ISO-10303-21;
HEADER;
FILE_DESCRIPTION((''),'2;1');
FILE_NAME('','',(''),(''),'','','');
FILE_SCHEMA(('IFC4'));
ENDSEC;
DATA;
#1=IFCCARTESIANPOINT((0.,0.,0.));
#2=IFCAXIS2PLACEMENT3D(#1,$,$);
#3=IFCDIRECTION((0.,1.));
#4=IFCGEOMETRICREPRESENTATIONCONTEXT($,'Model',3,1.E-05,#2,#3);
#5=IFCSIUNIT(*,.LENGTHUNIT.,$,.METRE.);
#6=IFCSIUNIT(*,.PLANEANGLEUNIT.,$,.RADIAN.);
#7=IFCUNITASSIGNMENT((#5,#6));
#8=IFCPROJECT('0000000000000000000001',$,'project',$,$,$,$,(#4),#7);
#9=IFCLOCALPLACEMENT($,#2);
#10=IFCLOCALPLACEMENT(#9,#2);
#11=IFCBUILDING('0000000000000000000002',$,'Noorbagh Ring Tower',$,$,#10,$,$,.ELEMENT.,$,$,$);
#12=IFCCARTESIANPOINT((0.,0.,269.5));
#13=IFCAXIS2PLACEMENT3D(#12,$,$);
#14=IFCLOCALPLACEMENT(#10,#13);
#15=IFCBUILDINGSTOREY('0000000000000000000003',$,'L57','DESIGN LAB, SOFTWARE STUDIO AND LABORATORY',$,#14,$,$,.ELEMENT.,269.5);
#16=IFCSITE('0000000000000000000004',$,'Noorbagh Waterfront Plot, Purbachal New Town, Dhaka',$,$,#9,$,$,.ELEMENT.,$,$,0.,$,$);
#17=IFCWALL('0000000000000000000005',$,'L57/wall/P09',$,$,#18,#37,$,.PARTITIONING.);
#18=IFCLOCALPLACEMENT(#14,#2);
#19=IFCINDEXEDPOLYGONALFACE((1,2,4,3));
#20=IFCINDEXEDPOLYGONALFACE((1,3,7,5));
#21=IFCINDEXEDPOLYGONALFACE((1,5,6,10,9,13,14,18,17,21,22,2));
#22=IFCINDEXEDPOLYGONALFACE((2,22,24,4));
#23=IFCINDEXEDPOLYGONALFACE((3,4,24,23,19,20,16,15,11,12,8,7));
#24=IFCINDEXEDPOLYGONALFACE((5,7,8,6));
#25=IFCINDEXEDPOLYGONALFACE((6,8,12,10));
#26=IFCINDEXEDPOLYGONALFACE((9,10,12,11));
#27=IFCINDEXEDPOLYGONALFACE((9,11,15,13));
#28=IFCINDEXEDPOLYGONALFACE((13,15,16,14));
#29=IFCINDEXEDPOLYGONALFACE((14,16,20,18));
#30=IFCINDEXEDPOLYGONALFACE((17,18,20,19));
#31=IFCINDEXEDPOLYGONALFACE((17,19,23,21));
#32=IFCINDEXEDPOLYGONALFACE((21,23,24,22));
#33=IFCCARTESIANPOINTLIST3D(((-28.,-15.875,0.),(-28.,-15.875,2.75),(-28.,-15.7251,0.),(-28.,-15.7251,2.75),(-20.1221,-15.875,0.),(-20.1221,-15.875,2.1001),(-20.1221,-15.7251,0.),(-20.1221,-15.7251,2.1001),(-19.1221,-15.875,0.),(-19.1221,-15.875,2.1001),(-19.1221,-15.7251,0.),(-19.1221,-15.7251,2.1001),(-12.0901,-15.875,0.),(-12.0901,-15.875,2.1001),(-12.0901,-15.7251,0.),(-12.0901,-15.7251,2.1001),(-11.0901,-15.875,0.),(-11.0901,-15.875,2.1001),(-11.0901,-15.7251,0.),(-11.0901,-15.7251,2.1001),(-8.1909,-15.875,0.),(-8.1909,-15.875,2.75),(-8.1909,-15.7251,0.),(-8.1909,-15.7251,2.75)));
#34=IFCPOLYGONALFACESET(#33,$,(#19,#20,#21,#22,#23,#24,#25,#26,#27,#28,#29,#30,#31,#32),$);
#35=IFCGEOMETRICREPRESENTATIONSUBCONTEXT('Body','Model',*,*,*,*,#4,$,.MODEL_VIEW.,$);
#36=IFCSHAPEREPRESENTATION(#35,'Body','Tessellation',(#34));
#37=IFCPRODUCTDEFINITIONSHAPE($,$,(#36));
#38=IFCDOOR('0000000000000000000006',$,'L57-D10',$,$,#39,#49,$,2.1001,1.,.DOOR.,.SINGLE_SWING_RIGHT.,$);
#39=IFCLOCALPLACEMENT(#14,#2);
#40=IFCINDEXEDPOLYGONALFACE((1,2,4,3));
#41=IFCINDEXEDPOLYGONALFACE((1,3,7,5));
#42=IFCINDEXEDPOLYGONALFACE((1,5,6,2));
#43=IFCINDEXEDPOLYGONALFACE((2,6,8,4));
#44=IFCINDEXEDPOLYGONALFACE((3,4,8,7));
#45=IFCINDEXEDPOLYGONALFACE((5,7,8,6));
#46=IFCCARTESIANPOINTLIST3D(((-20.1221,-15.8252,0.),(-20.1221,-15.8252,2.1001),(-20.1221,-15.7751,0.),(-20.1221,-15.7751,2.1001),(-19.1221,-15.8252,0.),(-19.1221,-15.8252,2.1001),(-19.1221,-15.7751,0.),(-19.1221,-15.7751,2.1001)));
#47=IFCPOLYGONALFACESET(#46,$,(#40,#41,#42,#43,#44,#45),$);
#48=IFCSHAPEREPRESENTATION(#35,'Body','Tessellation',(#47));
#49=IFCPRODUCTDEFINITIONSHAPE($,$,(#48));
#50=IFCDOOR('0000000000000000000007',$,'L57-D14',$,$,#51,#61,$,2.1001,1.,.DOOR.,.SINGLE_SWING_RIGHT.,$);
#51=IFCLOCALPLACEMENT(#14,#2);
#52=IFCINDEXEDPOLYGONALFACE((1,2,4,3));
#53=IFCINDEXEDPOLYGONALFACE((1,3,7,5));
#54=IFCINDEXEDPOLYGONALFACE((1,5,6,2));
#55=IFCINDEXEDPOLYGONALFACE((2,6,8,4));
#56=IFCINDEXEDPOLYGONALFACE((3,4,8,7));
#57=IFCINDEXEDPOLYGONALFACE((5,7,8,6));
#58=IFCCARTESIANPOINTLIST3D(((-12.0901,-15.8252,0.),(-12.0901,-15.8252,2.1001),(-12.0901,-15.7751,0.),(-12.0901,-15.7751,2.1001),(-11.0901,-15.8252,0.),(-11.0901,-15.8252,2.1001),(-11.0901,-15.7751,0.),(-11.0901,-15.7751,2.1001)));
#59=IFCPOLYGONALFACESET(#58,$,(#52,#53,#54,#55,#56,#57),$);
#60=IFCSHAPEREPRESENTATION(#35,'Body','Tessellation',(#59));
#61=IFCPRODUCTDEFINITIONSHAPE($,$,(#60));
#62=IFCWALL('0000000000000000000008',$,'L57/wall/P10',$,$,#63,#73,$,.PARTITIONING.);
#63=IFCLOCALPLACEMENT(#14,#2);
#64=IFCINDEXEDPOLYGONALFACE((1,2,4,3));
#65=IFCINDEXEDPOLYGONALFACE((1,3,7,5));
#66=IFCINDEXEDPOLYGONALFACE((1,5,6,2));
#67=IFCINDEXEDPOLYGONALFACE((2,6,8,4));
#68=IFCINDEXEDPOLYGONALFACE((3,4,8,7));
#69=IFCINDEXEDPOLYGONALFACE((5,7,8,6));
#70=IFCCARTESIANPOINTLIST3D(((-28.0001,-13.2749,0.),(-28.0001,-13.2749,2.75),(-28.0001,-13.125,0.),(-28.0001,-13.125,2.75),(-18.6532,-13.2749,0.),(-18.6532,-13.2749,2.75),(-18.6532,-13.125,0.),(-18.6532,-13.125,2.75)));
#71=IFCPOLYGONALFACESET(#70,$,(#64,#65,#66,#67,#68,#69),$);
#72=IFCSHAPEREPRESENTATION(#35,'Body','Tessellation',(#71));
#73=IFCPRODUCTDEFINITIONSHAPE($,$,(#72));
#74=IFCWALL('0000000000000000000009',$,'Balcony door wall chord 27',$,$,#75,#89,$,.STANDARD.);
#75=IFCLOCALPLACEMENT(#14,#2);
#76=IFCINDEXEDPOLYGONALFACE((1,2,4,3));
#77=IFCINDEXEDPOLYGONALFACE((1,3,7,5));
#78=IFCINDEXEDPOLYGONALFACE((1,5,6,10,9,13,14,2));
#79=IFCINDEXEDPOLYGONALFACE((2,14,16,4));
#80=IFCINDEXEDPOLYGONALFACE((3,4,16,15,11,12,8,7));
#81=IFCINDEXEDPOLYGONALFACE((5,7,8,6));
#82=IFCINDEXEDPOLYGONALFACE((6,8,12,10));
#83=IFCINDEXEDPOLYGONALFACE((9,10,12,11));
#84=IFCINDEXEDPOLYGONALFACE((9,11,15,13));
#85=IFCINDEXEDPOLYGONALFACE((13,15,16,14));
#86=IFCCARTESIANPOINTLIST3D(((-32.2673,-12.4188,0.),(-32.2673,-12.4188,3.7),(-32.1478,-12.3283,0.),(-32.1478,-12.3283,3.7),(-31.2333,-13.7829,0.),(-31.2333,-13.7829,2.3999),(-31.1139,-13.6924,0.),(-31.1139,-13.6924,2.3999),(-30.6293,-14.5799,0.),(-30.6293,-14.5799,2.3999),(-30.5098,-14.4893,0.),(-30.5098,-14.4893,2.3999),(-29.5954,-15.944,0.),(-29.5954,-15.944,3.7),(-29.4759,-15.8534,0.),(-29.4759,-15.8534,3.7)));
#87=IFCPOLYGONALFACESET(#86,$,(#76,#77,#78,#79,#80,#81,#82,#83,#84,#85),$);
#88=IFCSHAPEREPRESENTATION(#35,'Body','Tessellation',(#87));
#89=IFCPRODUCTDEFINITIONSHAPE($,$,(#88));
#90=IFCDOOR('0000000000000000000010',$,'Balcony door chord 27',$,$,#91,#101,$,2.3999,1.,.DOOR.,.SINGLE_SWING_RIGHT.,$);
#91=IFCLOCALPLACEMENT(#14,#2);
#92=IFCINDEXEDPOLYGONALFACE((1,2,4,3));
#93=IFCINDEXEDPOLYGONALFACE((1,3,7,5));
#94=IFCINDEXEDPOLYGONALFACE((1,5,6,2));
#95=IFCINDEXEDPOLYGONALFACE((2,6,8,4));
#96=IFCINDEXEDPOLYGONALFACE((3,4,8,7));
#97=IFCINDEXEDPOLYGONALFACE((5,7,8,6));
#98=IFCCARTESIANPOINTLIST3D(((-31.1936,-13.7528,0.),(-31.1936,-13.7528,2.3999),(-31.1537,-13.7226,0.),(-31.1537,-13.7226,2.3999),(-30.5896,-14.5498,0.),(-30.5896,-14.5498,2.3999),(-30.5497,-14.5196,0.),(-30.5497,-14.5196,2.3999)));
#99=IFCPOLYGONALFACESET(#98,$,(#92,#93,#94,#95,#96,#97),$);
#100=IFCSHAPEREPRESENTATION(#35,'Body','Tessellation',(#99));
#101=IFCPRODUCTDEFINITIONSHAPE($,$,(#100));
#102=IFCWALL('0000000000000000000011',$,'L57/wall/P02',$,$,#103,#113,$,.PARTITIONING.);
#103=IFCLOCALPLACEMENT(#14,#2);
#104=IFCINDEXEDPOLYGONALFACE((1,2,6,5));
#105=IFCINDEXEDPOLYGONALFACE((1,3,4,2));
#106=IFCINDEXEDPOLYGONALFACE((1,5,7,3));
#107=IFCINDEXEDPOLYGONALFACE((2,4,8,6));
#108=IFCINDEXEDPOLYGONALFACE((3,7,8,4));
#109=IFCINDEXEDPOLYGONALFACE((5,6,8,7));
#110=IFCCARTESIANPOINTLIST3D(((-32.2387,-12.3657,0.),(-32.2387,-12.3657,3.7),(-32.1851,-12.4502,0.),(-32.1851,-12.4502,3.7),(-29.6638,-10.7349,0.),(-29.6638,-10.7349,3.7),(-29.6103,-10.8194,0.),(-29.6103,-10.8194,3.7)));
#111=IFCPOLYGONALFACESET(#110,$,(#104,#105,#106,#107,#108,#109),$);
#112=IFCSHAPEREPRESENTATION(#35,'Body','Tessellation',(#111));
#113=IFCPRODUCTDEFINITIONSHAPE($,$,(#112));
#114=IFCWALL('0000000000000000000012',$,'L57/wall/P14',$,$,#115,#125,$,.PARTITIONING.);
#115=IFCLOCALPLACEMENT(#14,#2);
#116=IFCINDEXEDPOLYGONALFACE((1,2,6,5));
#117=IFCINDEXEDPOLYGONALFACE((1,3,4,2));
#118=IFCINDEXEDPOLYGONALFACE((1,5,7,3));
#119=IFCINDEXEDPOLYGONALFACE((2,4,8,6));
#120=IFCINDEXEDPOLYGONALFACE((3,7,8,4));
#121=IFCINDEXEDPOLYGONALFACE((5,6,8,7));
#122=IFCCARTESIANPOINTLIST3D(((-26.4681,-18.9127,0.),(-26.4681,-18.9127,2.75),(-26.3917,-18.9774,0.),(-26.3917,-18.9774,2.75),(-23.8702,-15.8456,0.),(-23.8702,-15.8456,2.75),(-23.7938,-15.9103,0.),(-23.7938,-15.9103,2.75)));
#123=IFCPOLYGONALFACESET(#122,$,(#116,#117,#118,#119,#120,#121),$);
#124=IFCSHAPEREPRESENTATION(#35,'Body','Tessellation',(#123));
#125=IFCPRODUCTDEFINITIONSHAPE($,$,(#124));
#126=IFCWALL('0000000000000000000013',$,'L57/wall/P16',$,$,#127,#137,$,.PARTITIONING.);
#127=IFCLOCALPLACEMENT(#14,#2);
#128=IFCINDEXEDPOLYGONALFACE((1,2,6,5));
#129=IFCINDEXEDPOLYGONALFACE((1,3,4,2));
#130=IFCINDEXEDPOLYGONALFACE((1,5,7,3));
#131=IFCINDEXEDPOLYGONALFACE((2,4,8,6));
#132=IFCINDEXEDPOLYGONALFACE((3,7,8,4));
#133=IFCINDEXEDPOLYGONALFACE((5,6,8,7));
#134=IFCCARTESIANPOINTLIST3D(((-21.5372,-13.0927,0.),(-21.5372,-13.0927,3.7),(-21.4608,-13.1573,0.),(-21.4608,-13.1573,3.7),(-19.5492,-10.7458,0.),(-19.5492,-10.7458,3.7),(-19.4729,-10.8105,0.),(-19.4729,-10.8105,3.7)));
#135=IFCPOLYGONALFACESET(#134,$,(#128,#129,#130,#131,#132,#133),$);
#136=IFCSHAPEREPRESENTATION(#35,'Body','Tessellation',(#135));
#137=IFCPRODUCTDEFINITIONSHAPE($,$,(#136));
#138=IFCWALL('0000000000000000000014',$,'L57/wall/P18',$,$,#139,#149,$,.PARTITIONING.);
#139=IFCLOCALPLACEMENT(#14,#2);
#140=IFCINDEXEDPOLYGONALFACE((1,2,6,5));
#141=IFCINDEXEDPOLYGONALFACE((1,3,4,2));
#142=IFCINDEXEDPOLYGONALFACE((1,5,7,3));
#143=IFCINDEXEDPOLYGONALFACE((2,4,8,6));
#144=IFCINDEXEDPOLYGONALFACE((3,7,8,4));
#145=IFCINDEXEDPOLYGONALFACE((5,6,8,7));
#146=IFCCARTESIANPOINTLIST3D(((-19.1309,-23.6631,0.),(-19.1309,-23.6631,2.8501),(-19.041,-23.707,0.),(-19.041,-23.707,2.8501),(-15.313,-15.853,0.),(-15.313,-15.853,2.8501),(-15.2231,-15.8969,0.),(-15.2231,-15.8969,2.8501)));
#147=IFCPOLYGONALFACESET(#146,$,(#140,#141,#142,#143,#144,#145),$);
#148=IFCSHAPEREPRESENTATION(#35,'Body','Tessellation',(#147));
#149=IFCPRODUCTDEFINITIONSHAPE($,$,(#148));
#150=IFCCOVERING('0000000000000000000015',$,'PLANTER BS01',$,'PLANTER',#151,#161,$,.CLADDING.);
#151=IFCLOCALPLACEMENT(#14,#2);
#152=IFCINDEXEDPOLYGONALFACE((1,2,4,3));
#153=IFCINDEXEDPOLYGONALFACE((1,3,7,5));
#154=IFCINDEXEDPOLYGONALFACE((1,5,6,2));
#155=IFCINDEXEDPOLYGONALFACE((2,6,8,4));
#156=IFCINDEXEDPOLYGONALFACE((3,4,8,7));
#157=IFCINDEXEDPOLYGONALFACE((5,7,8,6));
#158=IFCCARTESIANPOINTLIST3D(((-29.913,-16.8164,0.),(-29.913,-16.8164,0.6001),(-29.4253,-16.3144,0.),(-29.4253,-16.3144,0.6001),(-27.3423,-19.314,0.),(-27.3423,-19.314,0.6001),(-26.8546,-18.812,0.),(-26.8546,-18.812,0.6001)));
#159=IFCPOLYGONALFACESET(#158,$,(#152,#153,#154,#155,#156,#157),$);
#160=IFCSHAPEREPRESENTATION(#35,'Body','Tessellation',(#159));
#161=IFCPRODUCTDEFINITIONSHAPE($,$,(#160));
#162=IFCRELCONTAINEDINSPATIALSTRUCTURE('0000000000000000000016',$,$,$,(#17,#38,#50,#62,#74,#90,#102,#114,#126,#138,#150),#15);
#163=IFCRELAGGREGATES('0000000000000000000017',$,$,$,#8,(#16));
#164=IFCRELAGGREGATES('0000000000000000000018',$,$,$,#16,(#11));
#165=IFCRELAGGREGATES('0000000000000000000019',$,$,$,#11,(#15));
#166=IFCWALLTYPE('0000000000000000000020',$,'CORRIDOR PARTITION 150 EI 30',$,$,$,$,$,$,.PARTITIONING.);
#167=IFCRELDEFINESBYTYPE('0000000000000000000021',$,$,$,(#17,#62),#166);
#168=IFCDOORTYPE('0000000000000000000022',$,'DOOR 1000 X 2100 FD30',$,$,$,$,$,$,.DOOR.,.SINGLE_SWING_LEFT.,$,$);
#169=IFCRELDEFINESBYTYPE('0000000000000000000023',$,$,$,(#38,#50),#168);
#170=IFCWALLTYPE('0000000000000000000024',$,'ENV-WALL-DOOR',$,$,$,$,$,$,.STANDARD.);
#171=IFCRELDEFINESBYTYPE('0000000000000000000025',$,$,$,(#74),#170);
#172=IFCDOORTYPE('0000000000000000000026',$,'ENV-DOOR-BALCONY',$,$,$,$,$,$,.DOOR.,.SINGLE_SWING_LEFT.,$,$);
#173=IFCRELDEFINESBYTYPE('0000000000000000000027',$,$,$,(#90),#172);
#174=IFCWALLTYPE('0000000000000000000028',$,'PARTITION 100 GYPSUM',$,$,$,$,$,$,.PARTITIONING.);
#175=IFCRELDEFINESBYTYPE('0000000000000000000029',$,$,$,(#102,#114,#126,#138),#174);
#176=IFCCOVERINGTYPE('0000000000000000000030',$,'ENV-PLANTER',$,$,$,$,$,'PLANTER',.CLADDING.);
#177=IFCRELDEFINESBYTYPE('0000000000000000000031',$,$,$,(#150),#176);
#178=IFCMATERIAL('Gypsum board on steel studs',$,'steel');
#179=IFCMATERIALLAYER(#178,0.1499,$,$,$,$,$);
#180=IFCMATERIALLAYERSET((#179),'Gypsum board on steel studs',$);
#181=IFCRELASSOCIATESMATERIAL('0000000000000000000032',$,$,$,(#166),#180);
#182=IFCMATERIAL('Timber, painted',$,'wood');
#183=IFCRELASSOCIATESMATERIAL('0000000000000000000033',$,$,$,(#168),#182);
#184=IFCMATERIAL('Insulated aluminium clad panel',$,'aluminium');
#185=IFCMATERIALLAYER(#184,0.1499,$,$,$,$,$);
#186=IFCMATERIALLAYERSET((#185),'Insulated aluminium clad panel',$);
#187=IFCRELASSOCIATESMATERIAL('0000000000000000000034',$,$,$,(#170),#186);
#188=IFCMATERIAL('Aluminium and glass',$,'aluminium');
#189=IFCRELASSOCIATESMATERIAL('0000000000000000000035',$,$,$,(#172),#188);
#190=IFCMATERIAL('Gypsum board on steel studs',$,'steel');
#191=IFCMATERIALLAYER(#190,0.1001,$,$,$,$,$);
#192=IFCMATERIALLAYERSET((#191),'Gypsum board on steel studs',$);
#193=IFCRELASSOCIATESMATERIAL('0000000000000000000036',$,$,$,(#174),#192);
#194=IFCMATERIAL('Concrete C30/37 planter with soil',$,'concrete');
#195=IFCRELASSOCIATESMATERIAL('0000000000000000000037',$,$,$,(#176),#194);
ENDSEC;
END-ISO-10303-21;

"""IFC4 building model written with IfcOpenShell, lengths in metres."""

from ifc_helpers import new_model, si_unit, direction, frame, frame_2d, origin, origin_2d, place, context, subcontext, project, spatial, rectangle, extrude, material, layer, layer_set, type_object, element, fill, save


model = new_model("IFC4")

# Units and contexts
model_context = context("Model", 3, precision=1e-05, world=origin(), true_north=direction((0.0, 1.0)))
body_context = subcontext(model_context, "Body", "Model", "MODEL_VIEW")
ifc_project = project(units=[si_unit("LENGTHUNIT", "METRE"), si_unit("PLANEANGLEUNIT", "RADIAN")], contexts=[model_context])

# Site, building, storey
site_placement = place(None, origin())
site = spatial("IfcSite", under=ifc_project, at=site_placement, Name="Noorbagh Waterfront Plot, Purbachal New Town, Dhaka", CompositionType="ELEMENT", RefElevation=0.0)
building_placement = place(site_placement, origin())
building = spatial("IfcBuilding", under=site, at=building_placement, Name="Noorbagh Ring Tower", CompositionType="ELEMENT")
storey_placement = place(building_placement, frame((0.0, 0.0, 269.5)))
storey = spatial("IfcBuildingStorey", under=building, at=storey_placement, Name="L57", Description="DESIGN LAB, SOFTWARE STUDIO AND LABORATORY", CompositionType="ELEMENT", Elevation=269.5)

# Shared definitions
ifc_material_1 = material(Name="Gypsum board on steel studs", Category="steel")
ifc_layer_1 = layer(ifc_material_1, 0.1499)
ifc_layer_set_1 = layer_set([ifc_layer_1], Name="Gypsum board on steel studs")
wall_type_1 = type_object("IfcWallType", Name="CORRIDOR PARTITION 150 EI 30", PredefinedType="PARTITIONING", material=ifc_layer_set_1)

# Wall, openings, doors
wall_1_placement = place(storey_placement, frame((-28.0, -15.8, 0.0), z_axis=(0.0, 0.0, 1.0), x_axis=(1.0, 0.0, 0.0)))
wall_1 = element("IfcWall", 1, at=wall_1_placement, inside=storey, type_object=wall_type_1, Name="L57/wall/P09", PredefinedType="PARTITIONING", context=body_context, shape_type="SweptSolid", body=[
    extrude(rectangle(XDim=19.8091, YDim=0.1499, at=frame_2d((9.9045, 0.0))), origin(), (0.0, 0.0, 1.0), 2.75),
])
opening_1_placement = place(wall_1_placement, frame((7.8779, 0.0, 0.0)))
opening_1 = element("IfcOpeningElement", 2, at=opening_1_placement, cuts=wall_1, PredefinedType="OPENING", context=body_context, shape_type="SweptSolid", body=[
    extrude(rectangle(XDim=1.0, YDim=2.1001, at=frame_2d((0.5, 1.05))), frame((0.0, 0.085, 0.0), z_axis=(0.0, -1.0, 0.0), x_axis=(1.0, 0.0, 0.0)), (0.0, 0.0, 1.0), 0.1699),
])
opening_2_placement = place(wall_1_placement, frame((15.9099, 0.0, 0.0)))
opening_2 = element("IfcOpeningElement", 3, at=opening_2_placement, cuts=wall_1, PredefinedType="OPENING", context=body_context, shape_type="SweptSolid", body=[
    extrude(rectangle(XDim=1.0, YDim=2.1001, at=frame_2d((0.5, 1.05))), frame((0.0, 0.085, 0.0), z_axis=(0.0, -1.0, 0.0), x_axis=(1.0, 0.0, 0.0)), (0.0, 0.0, 1.0), 0.1699),
])
ifc_material_2 = material(Name="Timber, painted", Category="wood")
door_type_1 = type_object("IfcDoorType", Name="DOOR 1000 X 2100 FD30", OperationType="SINGLE_SWING_LEFT", PredefinedType="DOOR", material=ifc_material_2)
door_1_placement = place(opening_1_placement, origin())
door_1 = element("IfcDoor", 4, at=door_1_placement, inside=storey, type_object=door_type_1, Name="L57-D10", OperationType="SINGLE_SWING_RIGHT", OverallHeight=2.1001, OverallWidth=1.0, PredefinedType="DOOR", context=body_context, shape_type="SweptSolid", body=[
    extrude(rectangle(XDim=1.0, YDim=2.1001, at=frame_2d((0.5, 1.05))), frame((0.0, 0.0249, 0.0), z_axis=(0.0, -1.0, 0.0), x_axis=(1.0, 0.0, 0.0)), (0.0, 0.0, 1.0), 0.05),
])
fill(opening_1, door_1)
door_2_placement = place(opening_2_placement, origin())
door_2 = element("IfcDoor", 5, at=door_2_placement, inside=storey, type_object=door_type_1, Name="L57-D14", OperationType="SINGLE_SWING_RIGHT", OverallHeight=2.1001, OverallWidth=1.0, PredefinedType="DOOR", context=body_context, shape_type="SweptSolid", body=[
    extrude(rectangle(XDim=1.0, YDim=2.1001, at=frame_2d((0.5, 1.05))), frame((0.0, 0.0249, 0.0), z_axis=(0.0, -1.0, 0.0), x_axis=(1.0, 0.0, 0.0)), (0.0, 0.0, 1.0), 0.05),
])
fill(opening_2, door_2)

# Wall
wall_2_placement = place(storey_placement, frame((-28.0, -13.2, 0.0), z_axis=(0.0, 0.0, 1.0), x_axis=(1.0, 0.0, 0.0)))
element("IfcWall", 6, at=wall_2_placement, inside=storey, type_object=wall_type_1, Name="L57/wall/P10", PredefinedType="PARTITIONING", context=body_context, shape_type="SweptSolid", body=[
    extrude(rectangle(XDim=9.3469, YDim=0.1499, at=frame_2d((4.6733, 0.0))), origin(), (0.0, 0.0, 1.0), 2.75),
])

# Wall, opening, door
ifc_material_3 = material(Name="Insulated aluminium clad panel", Category="aluminium")
ifc_layer_2 = layer(ifc_material_3, 0.1499)
ifc_layer_set_2 = layer_set([ifc_layer_2], Name="Insulated aluminium clad panel")
wall_type_2 = type_object("IfcWallType", Name="ENV-WALL-DOOR", PredefinedType="STANDARD", material=ifc_layer_set_2)
wall_3_placement = place(storey_placement, frame((-32.2075, -12.3735, 0.0), z_axis=(0.0, 0.0, 1.0), x_axis=(0.604046, -0.79695, 0.0)))
wall_3 = element("IfcWall", 7, at=wall_3_placement, inside=storey, type_object=wall_type_2, Name="Balcony door wall chord 27", PredefinedType="STANDARD", context=body_context, shape_type="SweptSolid", body=[
    extrude(rectangle(XDim=4.4233, YDim=0.1499, at=frame_2d((2.2117, 0.0))), origin(), (0.0, 0.0, 1.0), 3.7),
])
opening_3_placement = place(wall_3_placement, frame((1.7117, 0.0, 0.0)))
opening_3 = element("IfcOpeningElement", 8, at=opening_3_placement, cuts=wall_3, PredefinedType="OPENING", context=body_context, shape_type="SweptSolid", body=[
    extrude(rectangle(XDim=1.0, YDim=2.3999, at=frame_2d((0.5, 1.2))), frame((0.0, 0.085, 0.0), z_axis=(0.0, -1.0, 0.0), x_axis=(1.0, 0.0, 0.0)), (0.0, 0.0, 1.0), 0.1699),
])
ifc_material_4 = material(Name="Aluminium and glass", Category="aluminium")
door_type_2 = type_object("IfcDoorType", Name="ENV-DOOR-BALCONY", OperationType="SINGLE_SWING_LEFT", PredefinedType="DOOR", material=ifc_material_4)
door_3_placement = place(opening_3_placement, origin())
door_3 = element("IfcDoor", 9, at=door_3_placement, inside=storey, type_object=door_type_2, Name="Balcony door chord 27", OperationType="SINGLE_SWING_RIGHT", OverallHeight=2.3999, OverallWidth=1.0, PredefinedType="DOOR", context=body_context, shape_type="SweptSolid", body=[
    extrude(rectangle(XDim=1.0, YDim=2.3999, at=frame_2d((0.5, 1.2))), frame((0.0, 0.0249, 0.0), z_axis=(0.0, -1.0, 0.0), x_axis=(1.0, 0.0, 0.0)), (0.0, 0.0, 1.0), 0.05),
])
fill(opening_3, door_3)

# Walls
ifc_material_5 = material(Name="Gypsum board on steel studs", Category="steel")
ifc_layer_3 = layer(ifc_material_5, 0.1001)
ifc_layer_set_3 = layer_set([ifc_layer_3], Name="Gypsum board on steel studs")
wall_type_3 = type_object("IfcWallType", Name="PARTITION 100 GYPSUM", PredefinedType="PARTITIONING", material=ifc_layer_set_3)
wall_4_placement = place(storey_placement, frame((-32.2119, -12.408, 0.0), z_axis=(0.0, 0.0, 1.0), x_axis=(0.844811, 0.535065, 0.0)))
element("IfcWall", 10, at=wall_4_placement, inside=storey, type_object=wall_type_3, Name="L57/wall/P02", PredefinedType="PARTITIONING", context=body_context, shape_type="SweptSolid", body=[
    extrude(rectangle(XDim=3.0479, YDim=0.1001, at=frame_2d((1.5239, 0.0))), origin(), (0.0, 0.0, 1.0), 3.7),
])
wall_5_placement = place(storey_placement, frame((-26.4299, -18.9451, 0.0), z_axis=(0.0, 0.0, 1.0), x_axis=(0.646323, 0.763064, 0.0)))
element("IfcWall", 11, at=wall_5_placement, inside=storey, type_object=wall_type_3, Name="L57/wall/P14", PredefinedType="PARTITIONING", context=body_context, shape_type="SweptSolid", body=[
    extrude(rectangle(XDim=4.0195, YDim=0.1001, at=frame_2d((2.0098, 0.0))), origin(), (0.0, 0.0, 1.0), 2.75),
])
wall_6_placement = place(storey_placement, frame((-21.499, -13.125, 0.0), z_axis=(0.0, 0.0, 1.0), x_axis=(0.646355, 0.763037, 0.0)))
element("IfcWall", 12, at=wall_6_placement, inside=storey, type_object=wall_type_3, Name="L57/wall/P16", PredefinedType="PARTITIONING", context=body_context, shape_type="SweptSolid", body=[
    extrude(rectangle(XDim=3.0757, YDim=0.1001, at=frame_2d((1.5378, 0.0))), origin(), (0.0, 0.0, 1.0), 3.7),
])
wall_7_placement = place(storey_placement, frame((-19.0859, -23.6851, 0.0), z_axis=(0.0, 0.0, 1.0), x_axis=(0.439175, 0.898402, 0.0)))
element("IfcWall", 13, at=wall_7_placement, inside=storey, type_object=wall_type_3, Name="L57/wall/P18", PredefinedType="PARTITIONING", context=body_context, shape_type="SweptSolid", body=[
    extrude(rectangle(XDim=8.6934, YDim=0.1001, at=frame_2d((4.3467, 0.0))), origin(), (0.0, 0.0, 1.0), 2.8501),
])

# Covering
ifc_material_6 = material(Name="Concrete C30/37 planter with soil", Category="concrete")
covering_type = type_object("IfcCoveringType", Name="ENV-PLANTER", ElementType="PLANTER", PredefinedType="CLADDING", material=ifc_material_6)
covering_placement = place(storey_placement, frame((-28.3838, -17.8142, 0.0), z_axis=(0.0, 0.0, 1.0), x_axis=(0.717225, -0.696842, 0.0)))
element("IfcCovering", 14, at=covering_placement, inside=storey, type_object=covering_type, Name="PLANTER BS01", ObjectType="PLANTER", PredefinedType="CLADDING", context=body_context, shape_type="SweptSolid", body=[
    extrude(rectangle(XDim=3.5842, YDim=0.7, at=origin_2d()), origin(), (0.0, 0.0, 1.0), 0.6001),
])

save(model, "model.ifc")
